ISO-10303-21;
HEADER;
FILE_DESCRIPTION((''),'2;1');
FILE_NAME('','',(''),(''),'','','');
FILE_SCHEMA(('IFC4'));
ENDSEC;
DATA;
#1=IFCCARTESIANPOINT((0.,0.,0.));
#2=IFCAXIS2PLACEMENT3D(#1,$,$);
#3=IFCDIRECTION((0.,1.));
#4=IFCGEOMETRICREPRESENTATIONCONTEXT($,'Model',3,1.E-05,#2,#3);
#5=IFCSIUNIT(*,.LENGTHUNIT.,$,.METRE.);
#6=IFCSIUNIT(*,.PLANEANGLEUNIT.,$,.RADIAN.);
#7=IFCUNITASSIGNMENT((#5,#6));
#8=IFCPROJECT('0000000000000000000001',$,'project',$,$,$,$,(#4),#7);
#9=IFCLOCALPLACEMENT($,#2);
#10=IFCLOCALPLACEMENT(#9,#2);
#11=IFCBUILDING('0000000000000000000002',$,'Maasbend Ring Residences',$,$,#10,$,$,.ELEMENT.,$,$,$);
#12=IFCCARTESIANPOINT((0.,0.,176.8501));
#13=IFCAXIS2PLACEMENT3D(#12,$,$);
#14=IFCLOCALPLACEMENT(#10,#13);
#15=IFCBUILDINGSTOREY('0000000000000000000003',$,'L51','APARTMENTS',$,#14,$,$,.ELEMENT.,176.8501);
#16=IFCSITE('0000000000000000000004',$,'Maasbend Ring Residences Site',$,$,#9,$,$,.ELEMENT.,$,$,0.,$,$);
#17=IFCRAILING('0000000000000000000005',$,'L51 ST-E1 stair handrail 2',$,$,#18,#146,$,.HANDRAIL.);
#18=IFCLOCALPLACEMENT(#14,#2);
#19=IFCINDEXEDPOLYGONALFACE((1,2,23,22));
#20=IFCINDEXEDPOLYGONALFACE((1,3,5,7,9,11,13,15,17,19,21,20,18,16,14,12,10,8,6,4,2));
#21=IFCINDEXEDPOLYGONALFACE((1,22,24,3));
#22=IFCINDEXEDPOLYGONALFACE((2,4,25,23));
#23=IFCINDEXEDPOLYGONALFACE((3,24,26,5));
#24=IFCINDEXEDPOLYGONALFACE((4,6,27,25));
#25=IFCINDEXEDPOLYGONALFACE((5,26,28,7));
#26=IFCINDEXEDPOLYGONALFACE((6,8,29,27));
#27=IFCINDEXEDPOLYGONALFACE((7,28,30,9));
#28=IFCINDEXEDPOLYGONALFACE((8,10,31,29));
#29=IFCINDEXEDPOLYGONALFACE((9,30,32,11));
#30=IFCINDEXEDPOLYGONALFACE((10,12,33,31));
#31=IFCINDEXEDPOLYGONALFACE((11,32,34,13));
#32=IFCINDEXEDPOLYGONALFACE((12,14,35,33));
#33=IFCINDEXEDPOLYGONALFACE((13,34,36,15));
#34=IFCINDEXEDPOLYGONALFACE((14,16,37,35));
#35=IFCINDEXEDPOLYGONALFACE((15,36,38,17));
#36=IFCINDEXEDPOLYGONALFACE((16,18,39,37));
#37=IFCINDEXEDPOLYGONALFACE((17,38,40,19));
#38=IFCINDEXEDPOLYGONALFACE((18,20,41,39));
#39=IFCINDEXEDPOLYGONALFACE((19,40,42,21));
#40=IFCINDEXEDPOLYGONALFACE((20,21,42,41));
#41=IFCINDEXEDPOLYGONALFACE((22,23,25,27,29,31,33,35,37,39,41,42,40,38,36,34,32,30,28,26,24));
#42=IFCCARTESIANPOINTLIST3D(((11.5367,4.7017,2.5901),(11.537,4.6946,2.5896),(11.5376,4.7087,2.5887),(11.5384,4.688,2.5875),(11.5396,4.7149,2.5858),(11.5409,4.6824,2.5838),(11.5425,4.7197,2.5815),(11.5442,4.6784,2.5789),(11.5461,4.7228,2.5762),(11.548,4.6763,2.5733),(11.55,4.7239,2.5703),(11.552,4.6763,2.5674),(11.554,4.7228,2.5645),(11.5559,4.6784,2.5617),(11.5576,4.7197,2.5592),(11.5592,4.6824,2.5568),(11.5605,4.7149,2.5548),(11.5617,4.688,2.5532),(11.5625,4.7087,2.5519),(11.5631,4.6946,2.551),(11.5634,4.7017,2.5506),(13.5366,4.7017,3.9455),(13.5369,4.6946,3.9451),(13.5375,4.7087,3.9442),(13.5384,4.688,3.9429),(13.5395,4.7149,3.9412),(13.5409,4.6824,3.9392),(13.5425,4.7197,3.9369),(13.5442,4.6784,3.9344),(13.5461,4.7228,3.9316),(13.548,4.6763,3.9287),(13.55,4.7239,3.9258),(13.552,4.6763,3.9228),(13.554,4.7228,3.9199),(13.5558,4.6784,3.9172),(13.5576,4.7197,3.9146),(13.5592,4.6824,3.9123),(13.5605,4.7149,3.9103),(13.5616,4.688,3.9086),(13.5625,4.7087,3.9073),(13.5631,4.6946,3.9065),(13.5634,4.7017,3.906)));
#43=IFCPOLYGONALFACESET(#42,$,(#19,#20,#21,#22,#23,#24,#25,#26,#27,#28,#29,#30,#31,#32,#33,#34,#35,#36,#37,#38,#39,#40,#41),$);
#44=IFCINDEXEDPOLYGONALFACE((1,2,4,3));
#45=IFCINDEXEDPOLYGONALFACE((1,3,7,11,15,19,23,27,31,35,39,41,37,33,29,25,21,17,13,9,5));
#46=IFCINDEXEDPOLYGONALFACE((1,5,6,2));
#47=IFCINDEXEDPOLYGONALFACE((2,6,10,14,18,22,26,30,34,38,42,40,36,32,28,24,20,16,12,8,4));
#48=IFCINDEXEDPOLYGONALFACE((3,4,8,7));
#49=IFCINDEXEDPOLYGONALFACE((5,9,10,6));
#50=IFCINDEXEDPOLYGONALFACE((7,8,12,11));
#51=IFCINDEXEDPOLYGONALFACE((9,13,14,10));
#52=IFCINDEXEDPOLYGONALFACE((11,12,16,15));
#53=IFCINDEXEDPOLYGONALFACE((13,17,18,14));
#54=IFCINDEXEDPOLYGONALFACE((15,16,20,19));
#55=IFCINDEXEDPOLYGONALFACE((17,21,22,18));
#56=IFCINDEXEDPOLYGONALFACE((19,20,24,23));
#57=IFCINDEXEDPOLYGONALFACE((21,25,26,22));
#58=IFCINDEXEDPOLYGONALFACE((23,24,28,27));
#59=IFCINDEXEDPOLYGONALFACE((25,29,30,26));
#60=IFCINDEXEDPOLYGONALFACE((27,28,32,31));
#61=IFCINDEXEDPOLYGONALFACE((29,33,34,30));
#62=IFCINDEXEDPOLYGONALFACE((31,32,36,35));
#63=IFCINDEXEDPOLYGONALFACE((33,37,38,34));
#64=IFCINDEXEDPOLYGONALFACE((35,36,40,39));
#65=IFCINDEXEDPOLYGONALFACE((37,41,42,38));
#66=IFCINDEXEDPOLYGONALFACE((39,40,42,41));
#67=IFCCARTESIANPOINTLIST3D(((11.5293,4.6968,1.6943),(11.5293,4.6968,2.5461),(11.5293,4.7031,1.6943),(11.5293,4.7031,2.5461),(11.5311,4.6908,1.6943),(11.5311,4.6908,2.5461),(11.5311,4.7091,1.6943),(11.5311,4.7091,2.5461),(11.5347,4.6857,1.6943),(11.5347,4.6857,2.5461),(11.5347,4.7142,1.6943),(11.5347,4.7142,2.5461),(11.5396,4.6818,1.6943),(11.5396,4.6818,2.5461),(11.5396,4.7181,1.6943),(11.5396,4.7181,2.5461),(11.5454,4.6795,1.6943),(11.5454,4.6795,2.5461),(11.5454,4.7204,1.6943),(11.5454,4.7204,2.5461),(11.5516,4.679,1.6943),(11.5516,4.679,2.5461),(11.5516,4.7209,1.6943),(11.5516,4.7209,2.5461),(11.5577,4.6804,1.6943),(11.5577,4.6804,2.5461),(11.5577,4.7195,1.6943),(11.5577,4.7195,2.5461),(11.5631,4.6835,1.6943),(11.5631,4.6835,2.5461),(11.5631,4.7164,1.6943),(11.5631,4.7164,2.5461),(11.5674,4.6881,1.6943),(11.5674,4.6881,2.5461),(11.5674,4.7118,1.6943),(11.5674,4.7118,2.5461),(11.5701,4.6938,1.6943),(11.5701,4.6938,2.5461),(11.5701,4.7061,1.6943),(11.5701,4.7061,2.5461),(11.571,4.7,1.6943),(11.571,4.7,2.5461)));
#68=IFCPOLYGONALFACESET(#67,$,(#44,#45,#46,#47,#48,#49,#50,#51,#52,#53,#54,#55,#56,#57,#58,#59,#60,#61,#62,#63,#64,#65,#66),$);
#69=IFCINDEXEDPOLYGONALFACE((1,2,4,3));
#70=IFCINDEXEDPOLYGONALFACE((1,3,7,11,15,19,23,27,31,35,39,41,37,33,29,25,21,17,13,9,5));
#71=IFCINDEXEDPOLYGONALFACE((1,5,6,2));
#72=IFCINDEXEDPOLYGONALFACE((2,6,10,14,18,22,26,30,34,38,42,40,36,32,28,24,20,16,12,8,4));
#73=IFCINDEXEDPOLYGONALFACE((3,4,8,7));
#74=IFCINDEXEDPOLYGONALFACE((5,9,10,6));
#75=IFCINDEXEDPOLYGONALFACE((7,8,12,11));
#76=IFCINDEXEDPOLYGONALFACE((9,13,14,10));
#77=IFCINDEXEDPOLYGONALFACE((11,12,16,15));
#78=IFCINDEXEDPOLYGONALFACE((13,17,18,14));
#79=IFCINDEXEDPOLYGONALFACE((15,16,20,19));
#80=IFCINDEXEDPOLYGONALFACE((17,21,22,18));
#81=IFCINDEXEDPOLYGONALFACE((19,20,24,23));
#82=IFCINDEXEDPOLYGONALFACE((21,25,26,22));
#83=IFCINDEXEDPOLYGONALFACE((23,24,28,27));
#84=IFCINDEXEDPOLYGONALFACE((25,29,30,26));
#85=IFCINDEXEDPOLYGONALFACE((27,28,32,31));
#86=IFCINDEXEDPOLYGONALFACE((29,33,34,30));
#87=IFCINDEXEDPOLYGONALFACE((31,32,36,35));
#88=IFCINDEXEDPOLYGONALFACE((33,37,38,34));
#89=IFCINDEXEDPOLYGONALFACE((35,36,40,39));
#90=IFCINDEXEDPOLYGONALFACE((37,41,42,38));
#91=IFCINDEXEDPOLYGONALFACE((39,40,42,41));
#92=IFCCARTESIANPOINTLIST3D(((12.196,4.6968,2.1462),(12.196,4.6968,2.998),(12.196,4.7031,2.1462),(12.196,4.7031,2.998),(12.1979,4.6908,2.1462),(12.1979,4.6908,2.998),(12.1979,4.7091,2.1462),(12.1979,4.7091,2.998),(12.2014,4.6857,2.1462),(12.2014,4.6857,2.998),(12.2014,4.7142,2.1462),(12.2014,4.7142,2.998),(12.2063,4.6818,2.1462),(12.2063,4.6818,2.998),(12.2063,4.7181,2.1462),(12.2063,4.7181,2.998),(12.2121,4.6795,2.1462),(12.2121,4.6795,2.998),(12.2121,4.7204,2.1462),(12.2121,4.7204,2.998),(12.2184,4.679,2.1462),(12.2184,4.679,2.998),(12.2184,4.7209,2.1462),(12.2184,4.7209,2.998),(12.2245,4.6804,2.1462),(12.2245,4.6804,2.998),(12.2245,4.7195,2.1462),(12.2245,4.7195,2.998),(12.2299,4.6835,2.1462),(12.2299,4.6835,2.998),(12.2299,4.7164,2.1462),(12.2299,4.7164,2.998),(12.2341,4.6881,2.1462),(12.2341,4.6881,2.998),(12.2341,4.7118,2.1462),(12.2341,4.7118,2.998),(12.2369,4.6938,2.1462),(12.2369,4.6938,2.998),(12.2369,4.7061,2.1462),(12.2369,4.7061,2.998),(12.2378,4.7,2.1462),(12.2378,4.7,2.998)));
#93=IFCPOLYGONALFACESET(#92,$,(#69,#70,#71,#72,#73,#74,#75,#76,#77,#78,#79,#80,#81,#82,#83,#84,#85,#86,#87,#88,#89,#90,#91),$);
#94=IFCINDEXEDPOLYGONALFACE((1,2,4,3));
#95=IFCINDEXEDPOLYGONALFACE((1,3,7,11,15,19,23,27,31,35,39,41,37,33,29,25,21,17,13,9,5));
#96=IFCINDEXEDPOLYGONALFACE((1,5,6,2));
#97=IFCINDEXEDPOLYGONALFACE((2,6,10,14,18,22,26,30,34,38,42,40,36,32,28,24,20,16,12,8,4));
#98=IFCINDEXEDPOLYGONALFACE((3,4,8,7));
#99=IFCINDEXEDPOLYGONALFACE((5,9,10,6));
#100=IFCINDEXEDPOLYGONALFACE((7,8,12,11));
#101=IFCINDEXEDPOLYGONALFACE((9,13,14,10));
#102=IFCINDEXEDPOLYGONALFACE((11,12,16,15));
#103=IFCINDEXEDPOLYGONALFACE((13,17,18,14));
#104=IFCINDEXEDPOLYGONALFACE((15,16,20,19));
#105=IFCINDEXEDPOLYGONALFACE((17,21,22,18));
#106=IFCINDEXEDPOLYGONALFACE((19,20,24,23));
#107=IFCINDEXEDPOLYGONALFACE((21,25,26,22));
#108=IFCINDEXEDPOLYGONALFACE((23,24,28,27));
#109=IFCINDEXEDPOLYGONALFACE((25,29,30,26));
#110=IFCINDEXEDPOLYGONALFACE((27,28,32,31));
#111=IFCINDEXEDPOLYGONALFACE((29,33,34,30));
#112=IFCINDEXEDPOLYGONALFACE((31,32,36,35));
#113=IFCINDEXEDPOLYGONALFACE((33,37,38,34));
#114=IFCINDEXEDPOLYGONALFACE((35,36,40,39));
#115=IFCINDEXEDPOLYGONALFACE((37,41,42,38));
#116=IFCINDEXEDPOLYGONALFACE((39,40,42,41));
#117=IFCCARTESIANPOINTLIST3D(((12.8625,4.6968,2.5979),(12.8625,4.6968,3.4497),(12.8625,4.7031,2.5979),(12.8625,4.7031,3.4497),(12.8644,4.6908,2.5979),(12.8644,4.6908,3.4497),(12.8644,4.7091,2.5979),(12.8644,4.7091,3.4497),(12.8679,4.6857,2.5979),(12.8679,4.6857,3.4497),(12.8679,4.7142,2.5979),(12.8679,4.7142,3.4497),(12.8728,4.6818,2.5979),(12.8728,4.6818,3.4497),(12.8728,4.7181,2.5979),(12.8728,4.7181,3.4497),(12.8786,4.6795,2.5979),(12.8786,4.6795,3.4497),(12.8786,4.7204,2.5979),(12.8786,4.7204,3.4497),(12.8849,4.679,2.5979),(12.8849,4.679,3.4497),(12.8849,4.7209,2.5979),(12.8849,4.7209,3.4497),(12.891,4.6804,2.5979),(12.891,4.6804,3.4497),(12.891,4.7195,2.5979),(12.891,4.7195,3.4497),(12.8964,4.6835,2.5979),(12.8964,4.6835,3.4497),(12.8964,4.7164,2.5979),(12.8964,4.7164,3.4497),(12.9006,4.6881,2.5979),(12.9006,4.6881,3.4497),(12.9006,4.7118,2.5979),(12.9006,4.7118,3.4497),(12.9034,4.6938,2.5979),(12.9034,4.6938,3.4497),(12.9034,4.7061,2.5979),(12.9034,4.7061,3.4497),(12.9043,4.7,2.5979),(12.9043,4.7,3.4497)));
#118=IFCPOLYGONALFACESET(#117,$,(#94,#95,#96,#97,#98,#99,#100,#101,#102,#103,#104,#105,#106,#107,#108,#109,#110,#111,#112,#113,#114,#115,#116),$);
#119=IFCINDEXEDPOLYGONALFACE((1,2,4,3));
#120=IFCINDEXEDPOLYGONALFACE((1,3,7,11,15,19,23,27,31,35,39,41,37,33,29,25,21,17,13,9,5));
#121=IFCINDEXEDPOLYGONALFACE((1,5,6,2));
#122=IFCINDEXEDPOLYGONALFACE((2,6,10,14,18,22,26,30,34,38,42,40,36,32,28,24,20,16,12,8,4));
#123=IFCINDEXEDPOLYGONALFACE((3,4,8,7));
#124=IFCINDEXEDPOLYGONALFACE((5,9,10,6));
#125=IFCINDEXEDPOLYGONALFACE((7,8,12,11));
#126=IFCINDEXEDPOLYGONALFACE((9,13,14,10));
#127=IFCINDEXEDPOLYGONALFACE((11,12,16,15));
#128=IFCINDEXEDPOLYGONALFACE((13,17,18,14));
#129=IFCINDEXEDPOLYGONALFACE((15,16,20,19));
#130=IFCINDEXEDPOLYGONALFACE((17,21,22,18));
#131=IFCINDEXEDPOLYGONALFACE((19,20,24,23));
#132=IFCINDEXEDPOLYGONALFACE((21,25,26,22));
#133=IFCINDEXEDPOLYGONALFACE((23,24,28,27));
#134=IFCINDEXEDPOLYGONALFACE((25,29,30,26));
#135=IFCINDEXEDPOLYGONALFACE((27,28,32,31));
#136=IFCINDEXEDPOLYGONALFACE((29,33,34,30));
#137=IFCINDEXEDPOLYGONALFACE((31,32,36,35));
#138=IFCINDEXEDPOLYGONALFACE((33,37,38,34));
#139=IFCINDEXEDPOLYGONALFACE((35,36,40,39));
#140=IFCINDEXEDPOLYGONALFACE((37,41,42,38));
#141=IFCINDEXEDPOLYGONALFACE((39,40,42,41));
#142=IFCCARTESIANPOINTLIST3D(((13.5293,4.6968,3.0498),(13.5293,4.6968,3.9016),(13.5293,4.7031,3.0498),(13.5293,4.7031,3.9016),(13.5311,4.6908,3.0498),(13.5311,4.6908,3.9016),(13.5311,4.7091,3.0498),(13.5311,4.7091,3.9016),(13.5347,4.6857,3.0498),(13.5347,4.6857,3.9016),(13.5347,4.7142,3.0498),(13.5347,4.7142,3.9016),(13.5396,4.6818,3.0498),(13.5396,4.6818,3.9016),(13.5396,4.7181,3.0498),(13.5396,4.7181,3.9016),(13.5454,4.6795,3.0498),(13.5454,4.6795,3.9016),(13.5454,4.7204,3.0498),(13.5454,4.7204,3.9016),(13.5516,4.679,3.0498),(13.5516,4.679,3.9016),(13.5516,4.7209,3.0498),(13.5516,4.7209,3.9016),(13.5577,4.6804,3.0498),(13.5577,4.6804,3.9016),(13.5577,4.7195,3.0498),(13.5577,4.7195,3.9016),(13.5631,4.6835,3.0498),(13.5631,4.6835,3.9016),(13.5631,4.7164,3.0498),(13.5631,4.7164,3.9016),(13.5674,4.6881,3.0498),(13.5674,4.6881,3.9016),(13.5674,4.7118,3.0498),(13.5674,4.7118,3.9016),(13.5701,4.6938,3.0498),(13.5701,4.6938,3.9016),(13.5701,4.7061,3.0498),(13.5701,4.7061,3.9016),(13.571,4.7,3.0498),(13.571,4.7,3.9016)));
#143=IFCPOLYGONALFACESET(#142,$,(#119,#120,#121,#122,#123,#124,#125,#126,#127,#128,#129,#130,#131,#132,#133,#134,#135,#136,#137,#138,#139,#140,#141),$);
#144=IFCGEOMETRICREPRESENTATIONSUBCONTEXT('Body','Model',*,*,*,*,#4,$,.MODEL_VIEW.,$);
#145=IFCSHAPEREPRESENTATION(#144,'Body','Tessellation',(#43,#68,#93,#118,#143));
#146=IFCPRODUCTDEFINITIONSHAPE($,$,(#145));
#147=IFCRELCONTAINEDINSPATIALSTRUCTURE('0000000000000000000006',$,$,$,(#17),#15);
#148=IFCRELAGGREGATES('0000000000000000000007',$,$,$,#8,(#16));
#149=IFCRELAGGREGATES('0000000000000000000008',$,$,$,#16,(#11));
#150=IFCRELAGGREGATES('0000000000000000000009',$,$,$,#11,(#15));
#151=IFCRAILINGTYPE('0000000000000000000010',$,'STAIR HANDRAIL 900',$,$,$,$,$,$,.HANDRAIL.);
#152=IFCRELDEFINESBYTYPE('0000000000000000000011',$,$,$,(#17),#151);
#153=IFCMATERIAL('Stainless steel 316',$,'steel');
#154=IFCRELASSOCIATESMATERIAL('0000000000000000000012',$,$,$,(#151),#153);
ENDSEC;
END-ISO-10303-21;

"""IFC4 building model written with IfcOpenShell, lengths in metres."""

from ifc_helpers import new_model, si_unit, direction, frame, origin, origin_2d, place, context, subcontext, project, spatial, circle, extrude, material, type_object, element, save


model = new_model("IFC4")

# Units and contexts
model_context = context("Model", 3, precision=1e-05, world=origin(), true_north=direction((0.0, 1.0)))
body_context = subcontext(model_context, "Body", "Model", "MODEL_VIEW")
ifc_project = project(units=[si_unit("LENGTHUNIT", "METRE"), si_unit("PLANEANGLEUNIT", "RADIAN")], contexts=[model_context])

# Site, building, storey
site_placement = place(None, origin())
site = spatial("IfcSite", under=ifc_project, at=site_placement, Name="Maasbend Ring Residences Site", CompositionType="ELEMENT", RefElevation=0.0)
building_placement = place(site_placement, origin())
building = spatial("IfcBuilding", under=site, at=building_placement, Name="Maasbend Ring Residences", CompositionType="ELEMENT")
storey_placement = place(building_placement, frame((0.0, 0.0, 176.8501)))
storey = spatial("IfcBuildingStorey", under=building, at=storey_placement, Name="L51", Description="APARTMENTS", CompositionType="ELEMENT", Elevation=176.8501)

# Railing
ifc_material_1 = material(Name="Stainless steel 316", Category="steel")
railing_type_1 = type_object("IfcRailingType", Name="STAIR HANDRAIL 900", PredefinedType="HANDRAIL", material=ifc_material_1)
railing_1_placement = place(storey_placement, frame((11.55, 4.7, 1.6943)))
element("IfcRailing", 1, at=railing_1_placement, inside=storey, type_object=railing_type_1, Name="L51 ST-E1 stair handrail 2", PredefinedType="HANDRAIL", context=body_context, shape_type="SweptSolid", body=[
    extrude(circle(Radius=0.0239, at=origin_2d()), frame((0.0, 0.0, 0.876), z_axis=(0.827798, 0.0, 0.561027), x_axis=(0.0, 1.0, 0.0)), (0.0, 0.0, 1.0), 2.416),
    extrude(circle(Radius=0.021, at=origin_2d()), origin(), (0.0, 0.0, 1.0), 0.8518),
    extrude(circle(Radius=0.021, at=origin_2d()), frame((0.6667, 0.0, 0.4519)), (0.0, 0.0, 1.0), 0.8518),
    extrude(circle(Radius=0.021, at=origin_2d()), frame((1.3333, 0.0, 0.9036)), (0.0, 0.0, 1.0), 0.8518),
    extrude(circle(Radius=0.021, at=origin_2d()), frame((2.0, 0.0, 1.3555)), (0.0, 0.0, 1.0), 0.8518),
])

save(model, "model.ifc")
